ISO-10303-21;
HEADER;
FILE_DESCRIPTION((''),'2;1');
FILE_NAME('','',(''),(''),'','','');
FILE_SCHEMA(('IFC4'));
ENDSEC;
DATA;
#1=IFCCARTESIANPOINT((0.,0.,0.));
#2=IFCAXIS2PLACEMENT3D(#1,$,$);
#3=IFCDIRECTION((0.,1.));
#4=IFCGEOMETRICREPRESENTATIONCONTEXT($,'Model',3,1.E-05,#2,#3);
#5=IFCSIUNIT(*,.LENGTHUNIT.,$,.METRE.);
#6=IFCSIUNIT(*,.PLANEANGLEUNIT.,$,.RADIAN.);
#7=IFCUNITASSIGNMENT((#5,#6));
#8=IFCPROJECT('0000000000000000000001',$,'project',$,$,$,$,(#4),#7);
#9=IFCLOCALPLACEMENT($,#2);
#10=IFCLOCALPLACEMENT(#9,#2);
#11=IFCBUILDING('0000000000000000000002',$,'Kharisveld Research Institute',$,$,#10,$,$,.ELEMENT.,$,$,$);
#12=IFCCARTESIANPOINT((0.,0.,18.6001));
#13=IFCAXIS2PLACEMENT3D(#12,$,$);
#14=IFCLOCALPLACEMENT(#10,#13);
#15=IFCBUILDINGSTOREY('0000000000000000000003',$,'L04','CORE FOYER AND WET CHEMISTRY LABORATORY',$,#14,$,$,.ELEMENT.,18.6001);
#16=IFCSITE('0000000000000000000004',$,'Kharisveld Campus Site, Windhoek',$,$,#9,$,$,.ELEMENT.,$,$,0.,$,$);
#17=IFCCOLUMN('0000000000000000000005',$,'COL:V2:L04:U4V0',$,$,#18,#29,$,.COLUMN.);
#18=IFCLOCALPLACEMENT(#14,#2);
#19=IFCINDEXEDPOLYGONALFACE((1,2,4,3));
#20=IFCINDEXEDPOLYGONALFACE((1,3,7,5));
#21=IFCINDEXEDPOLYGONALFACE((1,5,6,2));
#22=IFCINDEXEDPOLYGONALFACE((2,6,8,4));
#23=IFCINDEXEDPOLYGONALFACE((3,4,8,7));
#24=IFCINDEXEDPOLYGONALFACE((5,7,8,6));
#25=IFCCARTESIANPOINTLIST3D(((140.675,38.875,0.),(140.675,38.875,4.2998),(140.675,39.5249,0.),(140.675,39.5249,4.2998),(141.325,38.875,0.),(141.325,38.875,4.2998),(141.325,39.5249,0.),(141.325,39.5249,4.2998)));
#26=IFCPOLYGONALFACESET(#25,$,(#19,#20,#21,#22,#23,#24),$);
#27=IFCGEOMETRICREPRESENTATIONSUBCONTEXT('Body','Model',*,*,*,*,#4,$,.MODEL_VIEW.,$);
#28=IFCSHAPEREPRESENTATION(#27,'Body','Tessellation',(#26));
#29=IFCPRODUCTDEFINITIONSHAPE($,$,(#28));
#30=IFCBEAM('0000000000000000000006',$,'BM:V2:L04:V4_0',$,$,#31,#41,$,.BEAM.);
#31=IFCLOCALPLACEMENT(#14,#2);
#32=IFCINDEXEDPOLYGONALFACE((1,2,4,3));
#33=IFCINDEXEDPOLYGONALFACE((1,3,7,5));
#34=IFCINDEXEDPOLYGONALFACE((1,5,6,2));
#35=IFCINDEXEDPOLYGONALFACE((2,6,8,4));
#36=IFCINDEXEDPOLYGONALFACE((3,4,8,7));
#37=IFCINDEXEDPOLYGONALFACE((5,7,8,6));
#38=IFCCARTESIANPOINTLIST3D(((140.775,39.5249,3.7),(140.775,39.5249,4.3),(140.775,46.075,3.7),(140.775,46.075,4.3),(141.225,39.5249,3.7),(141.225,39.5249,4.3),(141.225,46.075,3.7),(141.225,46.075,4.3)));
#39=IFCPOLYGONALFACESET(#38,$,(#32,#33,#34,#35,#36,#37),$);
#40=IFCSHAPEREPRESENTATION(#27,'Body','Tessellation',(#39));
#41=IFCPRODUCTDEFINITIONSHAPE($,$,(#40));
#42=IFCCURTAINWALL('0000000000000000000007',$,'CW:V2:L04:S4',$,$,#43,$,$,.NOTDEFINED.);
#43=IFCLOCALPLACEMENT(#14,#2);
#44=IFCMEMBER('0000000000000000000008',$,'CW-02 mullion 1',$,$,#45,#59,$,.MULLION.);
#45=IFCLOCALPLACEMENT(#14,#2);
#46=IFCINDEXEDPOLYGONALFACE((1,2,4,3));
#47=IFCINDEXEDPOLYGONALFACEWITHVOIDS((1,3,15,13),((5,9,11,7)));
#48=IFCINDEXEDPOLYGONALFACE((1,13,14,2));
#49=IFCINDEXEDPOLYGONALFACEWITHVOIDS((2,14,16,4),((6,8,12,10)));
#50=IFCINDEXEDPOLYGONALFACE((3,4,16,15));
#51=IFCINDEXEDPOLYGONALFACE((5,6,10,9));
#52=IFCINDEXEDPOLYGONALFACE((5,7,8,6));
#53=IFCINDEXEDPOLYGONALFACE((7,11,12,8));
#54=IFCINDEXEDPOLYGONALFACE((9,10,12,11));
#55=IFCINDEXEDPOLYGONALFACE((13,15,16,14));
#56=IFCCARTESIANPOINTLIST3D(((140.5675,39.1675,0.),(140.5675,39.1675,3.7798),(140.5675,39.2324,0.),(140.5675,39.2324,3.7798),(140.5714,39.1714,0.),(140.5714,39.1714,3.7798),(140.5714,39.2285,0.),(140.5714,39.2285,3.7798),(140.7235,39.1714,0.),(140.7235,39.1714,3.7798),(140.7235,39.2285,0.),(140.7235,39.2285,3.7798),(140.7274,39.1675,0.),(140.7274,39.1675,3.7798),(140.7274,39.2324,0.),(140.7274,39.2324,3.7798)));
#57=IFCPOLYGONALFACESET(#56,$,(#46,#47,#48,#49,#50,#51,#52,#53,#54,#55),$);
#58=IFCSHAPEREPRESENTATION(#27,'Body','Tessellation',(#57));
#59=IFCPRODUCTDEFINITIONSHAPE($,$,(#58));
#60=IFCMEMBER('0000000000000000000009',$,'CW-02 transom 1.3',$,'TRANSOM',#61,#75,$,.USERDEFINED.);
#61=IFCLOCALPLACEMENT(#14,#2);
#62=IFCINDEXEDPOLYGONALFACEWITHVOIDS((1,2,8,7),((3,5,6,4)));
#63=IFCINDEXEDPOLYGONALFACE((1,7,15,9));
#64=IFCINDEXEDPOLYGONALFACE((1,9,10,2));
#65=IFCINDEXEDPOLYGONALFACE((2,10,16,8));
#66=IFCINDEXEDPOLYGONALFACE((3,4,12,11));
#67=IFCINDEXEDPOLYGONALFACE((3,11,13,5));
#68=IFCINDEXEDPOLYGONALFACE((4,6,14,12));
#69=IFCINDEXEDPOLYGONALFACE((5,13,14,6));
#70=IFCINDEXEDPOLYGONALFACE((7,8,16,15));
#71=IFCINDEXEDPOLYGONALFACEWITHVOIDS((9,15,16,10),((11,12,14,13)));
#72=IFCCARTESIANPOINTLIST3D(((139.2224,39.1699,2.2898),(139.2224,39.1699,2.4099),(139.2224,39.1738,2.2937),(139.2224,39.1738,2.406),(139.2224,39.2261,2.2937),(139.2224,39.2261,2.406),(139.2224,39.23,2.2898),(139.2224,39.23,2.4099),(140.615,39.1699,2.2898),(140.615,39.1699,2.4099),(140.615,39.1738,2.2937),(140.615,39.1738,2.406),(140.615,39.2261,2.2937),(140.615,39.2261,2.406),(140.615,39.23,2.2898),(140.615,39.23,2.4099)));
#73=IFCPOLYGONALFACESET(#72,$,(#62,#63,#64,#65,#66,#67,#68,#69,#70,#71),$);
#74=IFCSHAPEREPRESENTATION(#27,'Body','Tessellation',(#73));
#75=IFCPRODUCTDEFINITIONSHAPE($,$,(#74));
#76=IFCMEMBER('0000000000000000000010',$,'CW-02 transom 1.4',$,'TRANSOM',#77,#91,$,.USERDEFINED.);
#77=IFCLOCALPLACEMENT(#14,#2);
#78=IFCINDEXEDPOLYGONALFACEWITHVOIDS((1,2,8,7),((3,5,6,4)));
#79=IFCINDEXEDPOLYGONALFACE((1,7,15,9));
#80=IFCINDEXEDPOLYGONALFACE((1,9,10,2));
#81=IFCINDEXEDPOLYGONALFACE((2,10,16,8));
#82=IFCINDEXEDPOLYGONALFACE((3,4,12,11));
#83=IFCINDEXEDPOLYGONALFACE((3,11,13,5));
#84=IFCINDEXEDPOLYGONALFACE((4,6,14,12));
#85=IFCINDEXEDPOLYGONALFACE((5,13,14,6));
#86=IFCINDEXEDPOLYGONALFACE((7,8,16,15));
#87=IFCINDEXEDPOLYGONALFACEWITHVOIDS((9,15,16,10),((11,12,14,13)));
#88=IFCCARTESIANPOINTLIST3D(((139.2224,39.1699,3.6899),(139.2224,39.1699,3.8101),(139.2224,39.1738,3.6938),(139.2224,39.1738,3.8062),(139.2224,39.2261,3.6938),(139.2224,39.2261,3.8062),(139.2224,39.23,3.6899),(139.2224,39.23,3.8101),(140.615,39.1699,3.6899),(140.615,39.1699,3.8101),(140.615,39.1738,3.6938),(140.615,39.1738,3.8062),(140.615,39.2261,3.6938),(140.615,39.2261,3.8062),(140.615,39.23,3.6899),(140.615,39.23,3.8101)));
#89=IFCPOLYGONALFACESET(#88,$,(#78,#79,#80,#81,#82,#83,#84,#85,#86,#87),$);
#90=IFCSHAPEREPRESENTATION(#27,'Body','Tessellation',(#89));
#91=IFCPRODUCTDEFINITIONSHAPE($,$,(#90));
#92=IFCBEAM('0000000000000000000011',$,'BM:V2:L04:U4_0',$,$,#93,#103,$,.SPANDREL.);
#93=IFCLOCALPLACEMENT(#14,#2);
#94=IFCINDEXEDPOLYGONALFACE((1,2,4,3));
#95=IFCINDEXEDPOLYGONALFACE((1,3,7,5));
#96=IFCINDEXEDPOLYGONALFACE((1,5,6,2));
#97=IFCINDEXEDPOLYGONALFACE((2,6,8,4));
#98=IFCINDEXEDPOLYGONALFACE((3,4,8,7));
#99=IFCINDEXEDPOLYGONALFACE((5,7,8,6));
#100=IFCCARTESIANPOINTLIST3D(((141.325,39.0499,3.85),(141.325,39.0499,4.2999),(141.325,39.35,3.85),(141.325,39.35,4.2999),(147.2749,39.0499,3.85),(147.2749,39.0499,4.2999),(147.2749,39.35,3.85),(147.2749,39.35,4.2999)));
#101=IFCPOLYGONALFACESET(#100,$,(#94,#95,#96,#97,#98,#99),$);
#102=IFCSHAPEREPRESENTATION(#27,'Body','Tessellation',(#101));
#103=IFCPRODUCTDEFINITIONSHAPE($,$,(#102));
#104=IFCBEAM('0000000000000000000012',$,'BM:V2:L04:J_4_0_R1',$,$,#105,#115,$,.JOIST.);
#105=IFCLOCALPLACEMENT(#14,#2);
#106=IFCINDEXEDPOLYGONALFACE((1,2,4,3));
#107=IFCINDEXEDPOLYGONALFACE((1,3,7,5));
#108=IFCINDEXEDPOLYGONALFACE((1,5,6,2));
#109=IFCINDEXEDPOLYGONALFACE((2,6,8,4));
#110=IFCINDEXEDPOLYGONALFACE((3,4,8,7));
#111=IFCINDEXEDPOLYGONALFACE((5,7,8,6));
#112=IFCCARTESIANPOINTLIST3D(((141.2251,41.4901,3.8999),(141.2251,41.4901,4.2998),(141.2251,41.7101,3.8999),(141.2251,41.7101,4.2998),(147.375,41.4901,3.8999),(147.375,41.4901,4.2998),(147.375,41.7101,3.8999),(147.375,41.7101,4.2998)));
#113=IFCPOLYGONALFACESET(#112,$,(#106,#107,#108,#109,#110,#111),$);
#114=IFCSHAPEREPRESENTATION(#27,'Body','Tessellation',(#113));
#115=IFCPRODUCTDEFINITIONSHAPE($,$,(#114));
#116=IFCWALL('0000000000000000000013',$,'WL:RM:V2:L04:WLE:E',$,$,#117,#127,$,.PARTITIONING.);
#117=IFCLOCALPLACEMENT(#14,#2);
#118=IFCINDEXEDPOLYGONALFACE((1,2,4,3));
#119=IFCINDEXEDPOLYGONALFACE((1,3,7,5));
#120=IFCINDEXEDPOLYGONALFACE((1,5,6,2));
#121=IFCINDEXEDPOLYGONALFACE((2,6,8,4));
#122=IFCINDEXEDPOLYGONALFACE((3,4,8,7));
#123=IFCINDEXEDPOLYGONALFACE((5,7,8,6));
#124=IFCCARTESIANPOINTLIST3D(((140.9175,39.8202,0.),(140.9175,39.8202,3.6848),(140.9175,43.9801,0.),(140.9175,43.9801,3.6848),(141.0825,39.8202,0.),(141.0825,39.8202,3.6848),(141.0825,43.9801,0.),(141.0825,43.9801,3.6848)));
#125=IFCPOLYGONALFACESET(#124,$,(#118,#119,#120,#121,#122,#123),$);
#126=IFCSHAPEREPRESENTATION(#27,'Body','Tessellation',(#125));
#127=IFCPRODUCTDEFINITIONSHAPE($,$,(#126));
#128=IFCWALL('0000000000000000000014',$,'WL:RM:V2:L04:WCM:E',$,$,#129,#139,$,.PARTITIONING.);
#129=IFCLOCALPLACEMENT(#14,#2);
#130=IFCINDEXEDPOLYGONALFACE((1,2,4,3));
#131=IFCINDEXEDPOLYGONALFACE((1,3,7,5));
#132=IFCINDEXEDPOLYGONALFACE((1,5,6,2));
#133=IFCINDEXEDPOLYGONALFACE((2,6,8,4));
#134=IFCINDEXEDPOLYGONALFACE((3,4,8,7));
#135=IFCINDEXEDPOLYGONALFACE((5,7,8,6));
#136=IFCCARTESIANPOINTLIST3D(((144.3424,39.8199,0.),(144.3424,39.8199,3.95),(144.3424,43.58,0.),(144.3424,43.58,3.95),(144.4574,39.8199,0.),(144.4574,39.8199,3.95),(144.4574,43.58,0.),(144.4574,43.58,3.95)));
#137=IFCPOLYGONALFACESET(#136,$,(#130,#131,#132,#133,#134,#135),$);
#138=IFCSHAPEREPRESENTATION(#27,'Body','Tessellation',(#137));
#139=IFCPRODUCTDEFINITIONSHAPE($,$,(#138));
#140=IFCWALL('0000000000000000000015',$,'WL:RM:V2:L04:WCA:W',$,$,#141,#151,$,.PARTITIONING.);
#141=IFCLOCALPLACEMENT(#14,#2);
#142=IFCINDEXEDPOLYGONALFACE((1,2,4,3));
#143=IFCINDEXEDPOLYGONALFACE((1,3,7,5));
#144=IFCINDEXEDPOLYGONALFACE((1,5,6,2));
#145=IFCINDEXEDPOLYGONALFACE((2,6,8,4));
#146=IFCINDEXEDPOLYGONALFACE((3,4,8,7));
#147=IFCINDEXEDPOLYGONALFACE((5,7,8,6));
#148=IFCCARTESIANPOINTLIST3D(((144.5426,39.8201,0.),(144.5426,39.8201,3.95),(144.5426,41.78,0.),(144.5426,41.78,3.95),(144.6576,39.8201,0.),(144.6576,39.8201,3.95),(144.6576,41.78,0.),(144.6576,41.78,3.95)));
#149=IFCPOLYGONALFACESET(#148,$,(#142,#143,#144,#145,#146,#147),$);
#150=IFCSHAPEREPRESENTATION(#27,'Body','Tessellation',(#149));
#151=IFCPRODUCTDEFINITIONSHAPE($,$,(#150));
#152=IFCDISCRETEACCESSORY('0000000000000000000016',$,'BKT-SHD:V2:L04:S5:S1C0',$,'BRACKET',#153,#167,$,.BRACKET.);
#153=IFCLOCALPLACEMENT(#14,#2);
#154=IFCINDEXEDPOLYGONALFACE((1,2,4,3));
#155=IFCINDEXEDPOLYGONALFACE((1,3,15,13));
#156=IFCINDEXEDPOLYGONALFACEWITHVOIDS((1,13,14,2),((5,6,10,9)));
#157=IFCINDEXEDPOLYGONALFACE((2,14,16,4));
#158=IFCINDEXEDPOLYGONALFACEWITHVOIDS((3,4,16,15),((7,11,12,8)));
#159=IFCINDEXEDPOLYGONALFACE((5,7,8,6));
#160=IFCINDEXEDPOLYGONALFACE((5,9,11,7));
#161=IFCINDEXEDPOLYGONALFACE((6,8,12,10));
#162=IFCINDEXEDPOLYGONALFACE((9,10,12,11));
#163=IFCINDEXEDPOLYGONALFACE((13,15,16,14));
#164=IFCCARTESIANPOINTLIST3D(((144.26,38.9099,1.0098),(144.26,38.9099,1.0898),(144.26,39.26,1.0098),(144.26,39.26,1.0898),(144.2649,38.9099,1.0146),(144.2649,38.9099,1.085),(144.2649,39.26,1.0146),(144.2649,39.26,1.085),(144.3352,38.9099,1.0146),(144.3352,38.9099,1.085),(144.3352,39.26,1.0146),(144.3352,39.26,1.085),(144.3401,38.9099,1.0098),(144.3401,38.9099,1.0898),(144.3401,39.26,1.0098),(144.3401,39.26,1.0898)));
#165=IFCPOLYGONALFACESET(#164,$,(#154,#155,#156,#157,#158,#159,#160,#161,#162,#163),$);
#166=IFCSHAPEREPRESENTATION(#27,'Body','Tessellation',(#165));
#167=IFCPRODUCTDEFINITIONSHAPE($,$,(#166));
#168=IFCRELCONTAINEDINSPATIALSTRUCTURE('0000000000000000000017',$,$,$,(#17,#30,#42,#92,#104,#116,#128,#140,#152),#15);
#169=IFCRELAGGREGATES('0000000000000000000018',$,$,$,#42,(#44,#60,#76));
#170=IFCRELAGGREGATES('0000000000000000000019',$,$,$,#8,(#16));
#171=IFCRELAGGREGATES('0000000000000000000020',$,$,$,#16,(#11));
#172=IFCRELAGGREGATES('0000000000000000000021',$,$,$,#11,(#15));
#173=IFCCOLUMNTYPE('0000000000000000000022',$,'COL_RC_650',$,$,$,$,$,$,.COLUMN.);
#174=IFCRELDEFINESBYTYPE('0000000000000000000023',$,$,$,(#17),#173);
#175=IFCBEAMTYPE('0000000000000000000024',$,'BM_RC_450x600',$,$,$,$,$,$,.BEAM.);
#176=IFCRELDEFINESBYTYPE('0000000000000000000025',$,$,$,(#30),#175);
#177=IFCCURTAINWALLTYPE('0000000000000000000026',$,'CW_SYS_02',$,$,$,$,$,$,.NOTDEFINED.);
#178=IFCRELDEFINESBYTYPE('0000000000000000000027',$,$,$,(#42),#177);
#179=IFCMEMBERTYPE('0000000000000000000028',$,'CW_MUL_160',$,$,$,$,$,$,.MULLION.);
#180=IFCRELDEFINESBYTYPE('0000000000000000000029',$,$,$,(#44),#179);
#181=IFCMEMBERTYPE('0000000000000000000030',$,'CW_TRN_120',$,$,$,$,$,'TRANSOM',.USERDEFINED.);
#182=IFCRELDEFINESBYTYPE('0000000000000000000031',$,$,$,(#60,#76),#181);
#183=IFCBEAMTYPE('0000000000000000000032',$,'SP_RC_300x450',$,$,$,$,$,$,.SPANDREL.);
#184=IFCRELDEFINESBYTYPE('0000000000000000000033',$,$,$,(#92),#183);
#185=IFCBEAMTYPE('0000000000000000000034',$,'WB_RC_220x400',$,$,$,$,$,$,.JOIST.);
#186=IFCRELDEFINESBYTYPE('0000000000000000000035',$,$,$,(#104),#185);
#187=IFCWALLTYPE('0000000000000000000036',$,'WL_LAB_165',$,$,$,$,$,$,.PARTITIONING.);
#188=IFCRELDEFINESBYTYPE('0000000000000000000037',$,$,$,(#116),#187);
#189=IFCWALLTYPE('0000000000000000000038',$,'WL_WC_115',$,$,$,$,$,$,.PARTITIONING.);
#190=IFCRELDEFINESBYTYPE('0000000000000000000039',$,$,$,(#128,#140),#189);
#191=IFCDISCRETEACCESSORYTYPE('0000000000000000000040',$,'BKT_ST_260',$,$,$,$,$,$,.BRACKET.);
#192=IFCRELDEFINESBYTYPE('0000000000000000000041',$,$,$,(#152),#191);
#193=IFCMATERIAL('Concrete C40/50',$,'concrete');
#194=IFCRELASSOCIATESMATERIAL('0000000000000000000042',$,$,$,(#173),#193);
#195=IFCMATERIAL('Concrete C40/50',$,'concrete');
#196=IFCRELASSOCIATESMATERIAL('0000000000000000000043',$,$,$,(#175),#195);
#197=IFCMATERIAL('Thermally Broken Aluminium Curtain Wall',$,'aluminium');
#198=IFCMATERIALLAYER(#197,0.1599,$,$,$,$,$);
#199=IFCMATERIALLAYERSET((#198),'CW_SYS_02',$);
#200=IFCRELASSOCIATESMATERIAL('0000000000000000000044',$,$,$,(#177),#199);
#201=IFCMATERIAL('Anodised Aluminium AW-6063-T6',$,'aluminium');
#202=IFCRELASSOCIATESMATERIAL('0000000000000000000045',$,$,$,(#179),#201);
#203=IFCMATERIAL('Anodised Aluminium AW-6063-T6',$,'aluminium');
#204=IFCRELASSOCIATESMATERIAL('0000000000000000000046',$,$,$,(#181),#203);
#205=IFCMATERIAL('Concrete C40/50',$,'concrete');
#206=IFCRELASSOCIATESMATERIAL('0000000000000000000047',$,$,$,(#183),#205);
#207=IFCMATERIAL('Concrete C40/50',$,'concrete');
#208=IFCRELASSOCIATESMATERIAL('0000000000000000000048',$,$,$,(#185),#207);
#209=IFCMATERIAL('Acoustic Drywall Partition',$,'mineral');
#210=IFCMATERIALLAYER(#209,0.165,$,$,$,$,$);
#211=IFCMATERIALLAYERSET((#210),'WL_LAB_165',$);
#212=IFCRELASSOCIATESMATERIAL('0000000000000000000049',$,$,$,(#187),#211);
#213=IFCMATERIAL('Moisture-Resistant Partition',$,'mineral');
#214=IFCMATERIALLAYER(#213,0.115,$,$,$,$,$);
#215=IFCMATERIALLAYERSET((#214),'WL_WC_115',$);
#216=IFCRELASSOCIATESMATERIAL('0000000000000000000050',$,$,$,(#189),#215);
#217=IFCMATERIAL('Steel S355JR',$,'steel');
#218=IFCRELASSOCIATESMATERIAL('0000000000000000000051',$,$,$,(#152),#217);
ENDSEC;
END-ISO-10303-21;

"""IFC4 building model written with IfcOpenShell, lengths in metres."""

from ifc_helpers import new_model, si_unit, direction, frame, frame_2d, origin, origin_2d, place, context, subcontext, project, spatial, rectangle, hollow_rectangle, extrude, material, layer, layer_set, material_profile, profile_set, type_object, element, aggregate, save


model = new_model("IFC4")

# Units and contexts
model_context = context("Model", 3, precision=1e-05, world=origin(), true_north=direction((0.0, 1.0)))
body_context = subcontext(model_context, "Body", "Model", "MODEL_VIEW")
ifc_project = project(units=[si_unit("LENGTHUNIT", "METRE"), si_unit("PLANEANGLEUNIT", "RADIAN")], contexts=[model_context])

# Site, building, storey
site_placement = place(None, origin())
site = spatial("IfcSite", under=ifc_project, at=site_placement, Name="Kharisveld Campus Site, Windhoek", CompositionType="ELEMENT", RefElevation=0.0)
building_placement = place(site_placement, origin())
building = spatial("IfcBuilding", under=site, at=building_placement, Name="Kharisveld Research Institute", CompositionType="ELEMENT")
storey_placement = place(building_placement, frame((0.0, 0.0, 18.6001)))
storey = spatial("IfcBuildingStorey", under=building, at=storey_placement, Name="L04", Description="CORE FOYER AND WET CHEMISTRY LABORATORY", CompositionType="ELEMENT", Elevation=18.6001)

# Column
ifc_material_1 = material(Name="Concrete C40/50", Category="concrete")
ifc_material_profile_1 = material_profile(ifc_material_1, rectangle(XDim=0.6499, YDim=0.6499, at=origin_2d()))
ifc_profile_set_1 = profile_set([ifc_material_profile_1], Name="Concrete C40/50")
column_type = type_object("IfcColumnType", Name="COL_RC_650", PredefinedType="COLUMN", material=ifc_profile_set_1)
column_placement = place(storey_placement, frame((141.0, 39.2, 0.0), z_axis=(0.0, 0.0, 1.0), x_axis=(1.0, 0.0, 0.0)))
element("IfcColumn", 1, at=column_placement, inside=storey, type_object=column_type, Name="COL:V2:L04:U4V0", PredefinedType="COLUMN", context=body_context, shape_type="SweptSolid", body=[
    extrude(rectangle(XDim=0.6499, YDim=0.6499, at=origin_2d()), origin(), (0.0, 0.0, 1.0), 4.2998),
])

# Beam
ifc_material_2 = material(Name="Concrete C40/50", Category="concrete")
ifc_material_profile_2 = material_profile(ifc_material_2, rectangle(XDim=0.45, YDim=0.6001, at=origin_2d()))
ifc_profile_set_2 = profile_set([ifc_material_profile_2], Name="Concrete C40/50")
beam_type_1 = type_object("IfcBeamType", Name="BM_RC_450x600", PredefinedType="BEAM", material=ifc_profile_set_2)
beam_1_placement = place(storey_placement, frame((141.0, 39.5249, 4.0), z_axis=(0.0, 1.0, 0.0), x_axis=(-1.0, 0.0, 0.0)))
element("IfcBeam", 2, at=beam_1_placement, inside=storey, type_object=beam_type_1, Name="BM:V2:L04:V4_0", PredefinedType="BEAM", context=body_context, shape_type="SweptSolid", body=[
    extrude(rectangle(XDim=0.45, YDim=0.6001, at=origin_2d()), origin(), (0.0, 0.0, 1.0), 6.55),
])

# Curtain wall, members
ifc_material_3 = material(Name="Thermally Broken Aluminium Curtain Wall", Category="aluminium")
ifc_layer_1 = layer(ifc_material_3, 0.1599)
ifc_layer_set_1 = layer_set([ifc_layer_1], Name="CW_SYS_02")
curtain_wall_type = type_object("IfcCurtainWallType", Name="CW_SYS_02", PredefinedType="NOTDEFINED", material=ifc_layer_set_1)
curtain_wall_placement = place(storey_placement, origin())
curtain_wall = element("IfcCurtainWall", 3, at=curtain_wall_placement, inside=storey, type_object=curtain_wall_type, Name="CW:V2:L04:S4", PredefinedType="NOTDEFINED")
ifc_material_4 = material(Name="Anodised Aluminium AW-6063-T6", Category="aluminium")
ifc_material_profile_3 = material_profile(ifc_material_4, hollow_rectangle(XDim=0.0649, YDim=0.1599, WallThickness=0.0039, at=origin_2d()))
ifc_profile_set_3 = profile_set([ifc_material_profile_3], Name="Anodised Aluminium AW-6063-T6")
member_type_1 = type_object("IfcMemberType", Name="CW_MUL_160", PredefinedType="MULLION", material=ifc_profile_set_3)
member_1_placement = place(storey_placement, frame((140.6475, 39.2, 0.0), z_axis=(0.0, 0.0, 1.0), x_axis=(0.0, -1.0, 0.0)))
member_1 = element("IfcMember", 4, at=member_1_placement, type_object=member_type_1, Name="CW-02 mullion 1", PredefinedType="MULLION", context=body_context, shape_type="SweptSolid", body=[
    extrude(hollow_rectangle(XDim=0.0649, YDim=0.1599, WallThickness=0.0039, at=origin_2d()), origin(), (0.0, 0.0, 1.0), 3.7798),
])
ifc_material_5 = material(Name="Anodised Aluminium AW-6063-T6", Category="aluminium")
ifc_material_profile_4 = material_profile(ifc_material_5, hollow_rectangle(XDim=0.0601, YDim=0.1201, WallThickness=0.0039, at=origin_2d()))
ifc_profile_set_4 = profile_set([ifc_material_profile_4], Name="Anodised Aluminium AW-6063-T6")
member_type_2 = type_object("IfcMemberType", Name="CW_TRN_120", ElementType="TRANSOM", PredefinedType="USERDEFINED", material=ifc_profile_set_4)
member_2_placement = place(storey_placement, frame((140.615, 39.2, 2.3499), z_axis=(-1.0, 0.0, 0.0), x_axis=(0.0, -1.0, 0.0)))
member_2 = element("IfcMember", 5, at=member_2_placement, type_object=member_type_2, Name="CW-02 transom 1.3", ObjectType="TRANSOM", PredefinedType="USERDEFINED", context=body_context, shape_type="SweptSolid", body=[
    extrude(hollow_rectangle(XDim=0.0601, YDim=0.1201, WallThickness=0.0039, at=origin_2d()), origin(), (0.0, 0.0, 1.0), 1.3926),
])
member_3_placement = place(storey_placement, frame((140.615, 39.2, 3.75), z_axis=(-1.0, 0.0, 0.0), x_axis=(0.0, -1.0, 0.0)))
member_3 = element("IfcMember", 6, at=member_3_placement, type_object=member_type_2, Name="CW-02 transom 1.4", ObjectType="TRANSOM", PredefinedType="USERDEFINED", context=body_context, shape_type="SweptSolid", body=[
    extrude(hollow_rectangle(XDim=0.0601, YDim=0.1201, WallThickness=0.0039, at=origin_2d()), origin(), (0.0, 0.0, 1.0), 1.3926),
])
aggregate(curtain_wall, [member_1, member_2, member_3])

# Beams
ifc_material_6 = material(Name="Concrete C40/50", Category="concrete")
ifc_material_profile_5 = material_profile(ifc_material_6, rectangle(XDim=0.3, YDim=0.45, at=origin_2d()))
ifc_profile_set_5 = profile_set([ifc_material_profile_5], Name="Concrete C40/50")
beam_type_2 = type_object("IfcBeamType", Name="SP_RC_300x450", PredefinedType="SPANDREL", material=ifc_profile_set_5)
beam_2_placement = place(storey_placement, frame((141.325, 39.2, 4.075), z_axis=(1.0, 0.0, 0.0), x_axis=(0.0, 1.0, 0.0)))
element("IfcBeam", 7, at=beam_2_placement, inside=storey, type_object=beam_type_2, Name="BM:V2:L04:U4_0", PredefinedType="SPANDREL", context=body_context, shape_type="SweptSolid", body=[
    extrude(rectangle(XDim=0.3, YDim=0.45, at=origin_2d()), origin(), (0.0, 0.0, 1.0), 5.95),
])
ifc_material_7 = material(Name="Concrete C40/50", Category="concrete")
ifc_material_profile_6 = material_profile(ifc_material_7, rectangle(XDim=0.22, YDim=0.3999, at=origin_2d()))
ifc_profile_set_6 = profile_set([ifc_material_profile_6], Name="Concrete C40/50")
beam_type_3 = type_object("IfcBeamType", Name="WB_RC_220x400", PredefinedType="JOIST", material=ifc_profile_set_6)
beam_3_placement = place(storey_placement, frame((141.2251, 41.6001, 4.0999), z_axis=(1.0, 0.0, 0.0), x_axis=(0.0, 1.0, 0.0)))
element("IfcBeam", 8, at=beam_3_placement, inside=storey, type_object=beam_type_3, Name="BM:V2:L04:J_4_0_R1", PredefinedType="JOIST", context=body_context, shape_type="SweptSolid", body=[
    extrude(rectangle(XDim=0.22, YDim=0.3999, at=origin_2d()), origin(), (0.0, 0.0, 1.0), 6.1499),
])

# Walls
ifc_material_8 = material(Name="Acoustic Drywall Partition", Category="mineral")
ifc_layer_2 = layer(ifc_material_8, 0.165)
ifc_layer_set_2 = layer_set([ifc_layer_2], Name="WL_LAB_165")
wall_type_1 = type_object("IfcWallType", Name="WL_LAB_165", PredefinedType="PARTITIONING", material=ifc_layer_set_2)
wall_1_placement = place(storey_placement, frame((141.0, 39.8201, 0.0), z_axis=(0.0, 0.0, 1.0), x_axis=(0.0, 1.0, 0.0)))
element("IfcWall", 9, at=wall_1_placement, inside=storey, type_object=wall_type_1, Name="WL:RM:V2:L04:WLE:E", PredefinedType="PARTITIONING", context=body_context, shape_type="SweptSolid", body=[
    extrude(rectangle(XDim=4.1599, YDim=0.165, at=frame_2d((2.0801, 0.0))), origin(), (0.0, 0.0, 1.0), 3.6848),
])
ifc_material_9 = material(Name="Moisture-Resistant Partition", Category="mineral")
ifc_layer_3 = layer(ifc_material_9, 0.115)
ifc_layer_set_3 = layer_set([ifc_layer_3], Name="WL_WC_115")
wall_type_2 = type_object("IfcWallType", Name="WL_WC_115", PredefinedType="PARTITIONING", material=ifc_layer_set_3)
wall_2_placement = place(storey_placement, frame((144.3999, 39.8201, 0.0), z_axis=(0.0, 0.0, 1.0), x_axis=(0.0, 1.0, 0.0)))
element("IfcWall", 10, at=wall_2_placement, inside=storey, type_object=wall_type_2, Name="WL:RM:V2:L04:WCM:E", PredefinedType="PARTITIONING", context=body_context, shape_type="SweptSolid", body=[
    extrude(rectangle(XDim=3.76, YDim=0.115, at=frame_2d((1.8799, 0.0))), origin(), (0.0, 0.0, 1.0), 3.95),
])
wall_3_placement = place(storey_placement, frame((144.6001, 41.78, 0.0), z_axis=(0.0, 0.0, 1.0), x_axis=(0.0, -1.0, 0.0)))
element("IfcWall", 11, at=wall_3_placement, inside=storey, type_object=wall_type_2, Name="WL:RM:V2:L04:WCA:W", PredefinedType="PARTITIONING", context=body_context, shape_type="SweptSolid", body=[
    extrude(rectangle(XDim=1.96, YDim=0.115, at=frame_2d((0.98, 0.0))), origin(), (0.0, 0.0, 1.0), 3.95),
])

# Discrete accessory
ifc_material_10 = material(Name="Steel S355JR", Category="steel")
discrete_accessory_type = type_object("IfcDiscreteAccessoryType", Name="BKT_ST_260", PredefinedType="BRACKET")
for number, where, z_axis, x_axis, name in (
    (12, (144.3, 39.26, 1.0498), (0.0, -1.0, 0.0), (1.0, 0.0, 0.0), "BKT-SHD:V2:L04:S5:S1C0"),
):
    element("IfcDiscreteAccessory", number, at=place(storey_placement, frame(where, z_axis=z_axis, x_axis=x_axis)), inside=storey, type_object=discrete_accessory_type, material=ifc_material_10, Name=name, ObjectType="BRACKET", PredefinedType="BRACKET", context=body_context, shape_type="SweptSolid", body=[
        extrude(hollow_rectangle(XDim=0.0801, YDim=0.0801, WallThickness=0.0049, at=origin_2d()), origin(), (0.0, 0.0, 1.0), 0.3501),
    ])

save(model, "model.ifc")
